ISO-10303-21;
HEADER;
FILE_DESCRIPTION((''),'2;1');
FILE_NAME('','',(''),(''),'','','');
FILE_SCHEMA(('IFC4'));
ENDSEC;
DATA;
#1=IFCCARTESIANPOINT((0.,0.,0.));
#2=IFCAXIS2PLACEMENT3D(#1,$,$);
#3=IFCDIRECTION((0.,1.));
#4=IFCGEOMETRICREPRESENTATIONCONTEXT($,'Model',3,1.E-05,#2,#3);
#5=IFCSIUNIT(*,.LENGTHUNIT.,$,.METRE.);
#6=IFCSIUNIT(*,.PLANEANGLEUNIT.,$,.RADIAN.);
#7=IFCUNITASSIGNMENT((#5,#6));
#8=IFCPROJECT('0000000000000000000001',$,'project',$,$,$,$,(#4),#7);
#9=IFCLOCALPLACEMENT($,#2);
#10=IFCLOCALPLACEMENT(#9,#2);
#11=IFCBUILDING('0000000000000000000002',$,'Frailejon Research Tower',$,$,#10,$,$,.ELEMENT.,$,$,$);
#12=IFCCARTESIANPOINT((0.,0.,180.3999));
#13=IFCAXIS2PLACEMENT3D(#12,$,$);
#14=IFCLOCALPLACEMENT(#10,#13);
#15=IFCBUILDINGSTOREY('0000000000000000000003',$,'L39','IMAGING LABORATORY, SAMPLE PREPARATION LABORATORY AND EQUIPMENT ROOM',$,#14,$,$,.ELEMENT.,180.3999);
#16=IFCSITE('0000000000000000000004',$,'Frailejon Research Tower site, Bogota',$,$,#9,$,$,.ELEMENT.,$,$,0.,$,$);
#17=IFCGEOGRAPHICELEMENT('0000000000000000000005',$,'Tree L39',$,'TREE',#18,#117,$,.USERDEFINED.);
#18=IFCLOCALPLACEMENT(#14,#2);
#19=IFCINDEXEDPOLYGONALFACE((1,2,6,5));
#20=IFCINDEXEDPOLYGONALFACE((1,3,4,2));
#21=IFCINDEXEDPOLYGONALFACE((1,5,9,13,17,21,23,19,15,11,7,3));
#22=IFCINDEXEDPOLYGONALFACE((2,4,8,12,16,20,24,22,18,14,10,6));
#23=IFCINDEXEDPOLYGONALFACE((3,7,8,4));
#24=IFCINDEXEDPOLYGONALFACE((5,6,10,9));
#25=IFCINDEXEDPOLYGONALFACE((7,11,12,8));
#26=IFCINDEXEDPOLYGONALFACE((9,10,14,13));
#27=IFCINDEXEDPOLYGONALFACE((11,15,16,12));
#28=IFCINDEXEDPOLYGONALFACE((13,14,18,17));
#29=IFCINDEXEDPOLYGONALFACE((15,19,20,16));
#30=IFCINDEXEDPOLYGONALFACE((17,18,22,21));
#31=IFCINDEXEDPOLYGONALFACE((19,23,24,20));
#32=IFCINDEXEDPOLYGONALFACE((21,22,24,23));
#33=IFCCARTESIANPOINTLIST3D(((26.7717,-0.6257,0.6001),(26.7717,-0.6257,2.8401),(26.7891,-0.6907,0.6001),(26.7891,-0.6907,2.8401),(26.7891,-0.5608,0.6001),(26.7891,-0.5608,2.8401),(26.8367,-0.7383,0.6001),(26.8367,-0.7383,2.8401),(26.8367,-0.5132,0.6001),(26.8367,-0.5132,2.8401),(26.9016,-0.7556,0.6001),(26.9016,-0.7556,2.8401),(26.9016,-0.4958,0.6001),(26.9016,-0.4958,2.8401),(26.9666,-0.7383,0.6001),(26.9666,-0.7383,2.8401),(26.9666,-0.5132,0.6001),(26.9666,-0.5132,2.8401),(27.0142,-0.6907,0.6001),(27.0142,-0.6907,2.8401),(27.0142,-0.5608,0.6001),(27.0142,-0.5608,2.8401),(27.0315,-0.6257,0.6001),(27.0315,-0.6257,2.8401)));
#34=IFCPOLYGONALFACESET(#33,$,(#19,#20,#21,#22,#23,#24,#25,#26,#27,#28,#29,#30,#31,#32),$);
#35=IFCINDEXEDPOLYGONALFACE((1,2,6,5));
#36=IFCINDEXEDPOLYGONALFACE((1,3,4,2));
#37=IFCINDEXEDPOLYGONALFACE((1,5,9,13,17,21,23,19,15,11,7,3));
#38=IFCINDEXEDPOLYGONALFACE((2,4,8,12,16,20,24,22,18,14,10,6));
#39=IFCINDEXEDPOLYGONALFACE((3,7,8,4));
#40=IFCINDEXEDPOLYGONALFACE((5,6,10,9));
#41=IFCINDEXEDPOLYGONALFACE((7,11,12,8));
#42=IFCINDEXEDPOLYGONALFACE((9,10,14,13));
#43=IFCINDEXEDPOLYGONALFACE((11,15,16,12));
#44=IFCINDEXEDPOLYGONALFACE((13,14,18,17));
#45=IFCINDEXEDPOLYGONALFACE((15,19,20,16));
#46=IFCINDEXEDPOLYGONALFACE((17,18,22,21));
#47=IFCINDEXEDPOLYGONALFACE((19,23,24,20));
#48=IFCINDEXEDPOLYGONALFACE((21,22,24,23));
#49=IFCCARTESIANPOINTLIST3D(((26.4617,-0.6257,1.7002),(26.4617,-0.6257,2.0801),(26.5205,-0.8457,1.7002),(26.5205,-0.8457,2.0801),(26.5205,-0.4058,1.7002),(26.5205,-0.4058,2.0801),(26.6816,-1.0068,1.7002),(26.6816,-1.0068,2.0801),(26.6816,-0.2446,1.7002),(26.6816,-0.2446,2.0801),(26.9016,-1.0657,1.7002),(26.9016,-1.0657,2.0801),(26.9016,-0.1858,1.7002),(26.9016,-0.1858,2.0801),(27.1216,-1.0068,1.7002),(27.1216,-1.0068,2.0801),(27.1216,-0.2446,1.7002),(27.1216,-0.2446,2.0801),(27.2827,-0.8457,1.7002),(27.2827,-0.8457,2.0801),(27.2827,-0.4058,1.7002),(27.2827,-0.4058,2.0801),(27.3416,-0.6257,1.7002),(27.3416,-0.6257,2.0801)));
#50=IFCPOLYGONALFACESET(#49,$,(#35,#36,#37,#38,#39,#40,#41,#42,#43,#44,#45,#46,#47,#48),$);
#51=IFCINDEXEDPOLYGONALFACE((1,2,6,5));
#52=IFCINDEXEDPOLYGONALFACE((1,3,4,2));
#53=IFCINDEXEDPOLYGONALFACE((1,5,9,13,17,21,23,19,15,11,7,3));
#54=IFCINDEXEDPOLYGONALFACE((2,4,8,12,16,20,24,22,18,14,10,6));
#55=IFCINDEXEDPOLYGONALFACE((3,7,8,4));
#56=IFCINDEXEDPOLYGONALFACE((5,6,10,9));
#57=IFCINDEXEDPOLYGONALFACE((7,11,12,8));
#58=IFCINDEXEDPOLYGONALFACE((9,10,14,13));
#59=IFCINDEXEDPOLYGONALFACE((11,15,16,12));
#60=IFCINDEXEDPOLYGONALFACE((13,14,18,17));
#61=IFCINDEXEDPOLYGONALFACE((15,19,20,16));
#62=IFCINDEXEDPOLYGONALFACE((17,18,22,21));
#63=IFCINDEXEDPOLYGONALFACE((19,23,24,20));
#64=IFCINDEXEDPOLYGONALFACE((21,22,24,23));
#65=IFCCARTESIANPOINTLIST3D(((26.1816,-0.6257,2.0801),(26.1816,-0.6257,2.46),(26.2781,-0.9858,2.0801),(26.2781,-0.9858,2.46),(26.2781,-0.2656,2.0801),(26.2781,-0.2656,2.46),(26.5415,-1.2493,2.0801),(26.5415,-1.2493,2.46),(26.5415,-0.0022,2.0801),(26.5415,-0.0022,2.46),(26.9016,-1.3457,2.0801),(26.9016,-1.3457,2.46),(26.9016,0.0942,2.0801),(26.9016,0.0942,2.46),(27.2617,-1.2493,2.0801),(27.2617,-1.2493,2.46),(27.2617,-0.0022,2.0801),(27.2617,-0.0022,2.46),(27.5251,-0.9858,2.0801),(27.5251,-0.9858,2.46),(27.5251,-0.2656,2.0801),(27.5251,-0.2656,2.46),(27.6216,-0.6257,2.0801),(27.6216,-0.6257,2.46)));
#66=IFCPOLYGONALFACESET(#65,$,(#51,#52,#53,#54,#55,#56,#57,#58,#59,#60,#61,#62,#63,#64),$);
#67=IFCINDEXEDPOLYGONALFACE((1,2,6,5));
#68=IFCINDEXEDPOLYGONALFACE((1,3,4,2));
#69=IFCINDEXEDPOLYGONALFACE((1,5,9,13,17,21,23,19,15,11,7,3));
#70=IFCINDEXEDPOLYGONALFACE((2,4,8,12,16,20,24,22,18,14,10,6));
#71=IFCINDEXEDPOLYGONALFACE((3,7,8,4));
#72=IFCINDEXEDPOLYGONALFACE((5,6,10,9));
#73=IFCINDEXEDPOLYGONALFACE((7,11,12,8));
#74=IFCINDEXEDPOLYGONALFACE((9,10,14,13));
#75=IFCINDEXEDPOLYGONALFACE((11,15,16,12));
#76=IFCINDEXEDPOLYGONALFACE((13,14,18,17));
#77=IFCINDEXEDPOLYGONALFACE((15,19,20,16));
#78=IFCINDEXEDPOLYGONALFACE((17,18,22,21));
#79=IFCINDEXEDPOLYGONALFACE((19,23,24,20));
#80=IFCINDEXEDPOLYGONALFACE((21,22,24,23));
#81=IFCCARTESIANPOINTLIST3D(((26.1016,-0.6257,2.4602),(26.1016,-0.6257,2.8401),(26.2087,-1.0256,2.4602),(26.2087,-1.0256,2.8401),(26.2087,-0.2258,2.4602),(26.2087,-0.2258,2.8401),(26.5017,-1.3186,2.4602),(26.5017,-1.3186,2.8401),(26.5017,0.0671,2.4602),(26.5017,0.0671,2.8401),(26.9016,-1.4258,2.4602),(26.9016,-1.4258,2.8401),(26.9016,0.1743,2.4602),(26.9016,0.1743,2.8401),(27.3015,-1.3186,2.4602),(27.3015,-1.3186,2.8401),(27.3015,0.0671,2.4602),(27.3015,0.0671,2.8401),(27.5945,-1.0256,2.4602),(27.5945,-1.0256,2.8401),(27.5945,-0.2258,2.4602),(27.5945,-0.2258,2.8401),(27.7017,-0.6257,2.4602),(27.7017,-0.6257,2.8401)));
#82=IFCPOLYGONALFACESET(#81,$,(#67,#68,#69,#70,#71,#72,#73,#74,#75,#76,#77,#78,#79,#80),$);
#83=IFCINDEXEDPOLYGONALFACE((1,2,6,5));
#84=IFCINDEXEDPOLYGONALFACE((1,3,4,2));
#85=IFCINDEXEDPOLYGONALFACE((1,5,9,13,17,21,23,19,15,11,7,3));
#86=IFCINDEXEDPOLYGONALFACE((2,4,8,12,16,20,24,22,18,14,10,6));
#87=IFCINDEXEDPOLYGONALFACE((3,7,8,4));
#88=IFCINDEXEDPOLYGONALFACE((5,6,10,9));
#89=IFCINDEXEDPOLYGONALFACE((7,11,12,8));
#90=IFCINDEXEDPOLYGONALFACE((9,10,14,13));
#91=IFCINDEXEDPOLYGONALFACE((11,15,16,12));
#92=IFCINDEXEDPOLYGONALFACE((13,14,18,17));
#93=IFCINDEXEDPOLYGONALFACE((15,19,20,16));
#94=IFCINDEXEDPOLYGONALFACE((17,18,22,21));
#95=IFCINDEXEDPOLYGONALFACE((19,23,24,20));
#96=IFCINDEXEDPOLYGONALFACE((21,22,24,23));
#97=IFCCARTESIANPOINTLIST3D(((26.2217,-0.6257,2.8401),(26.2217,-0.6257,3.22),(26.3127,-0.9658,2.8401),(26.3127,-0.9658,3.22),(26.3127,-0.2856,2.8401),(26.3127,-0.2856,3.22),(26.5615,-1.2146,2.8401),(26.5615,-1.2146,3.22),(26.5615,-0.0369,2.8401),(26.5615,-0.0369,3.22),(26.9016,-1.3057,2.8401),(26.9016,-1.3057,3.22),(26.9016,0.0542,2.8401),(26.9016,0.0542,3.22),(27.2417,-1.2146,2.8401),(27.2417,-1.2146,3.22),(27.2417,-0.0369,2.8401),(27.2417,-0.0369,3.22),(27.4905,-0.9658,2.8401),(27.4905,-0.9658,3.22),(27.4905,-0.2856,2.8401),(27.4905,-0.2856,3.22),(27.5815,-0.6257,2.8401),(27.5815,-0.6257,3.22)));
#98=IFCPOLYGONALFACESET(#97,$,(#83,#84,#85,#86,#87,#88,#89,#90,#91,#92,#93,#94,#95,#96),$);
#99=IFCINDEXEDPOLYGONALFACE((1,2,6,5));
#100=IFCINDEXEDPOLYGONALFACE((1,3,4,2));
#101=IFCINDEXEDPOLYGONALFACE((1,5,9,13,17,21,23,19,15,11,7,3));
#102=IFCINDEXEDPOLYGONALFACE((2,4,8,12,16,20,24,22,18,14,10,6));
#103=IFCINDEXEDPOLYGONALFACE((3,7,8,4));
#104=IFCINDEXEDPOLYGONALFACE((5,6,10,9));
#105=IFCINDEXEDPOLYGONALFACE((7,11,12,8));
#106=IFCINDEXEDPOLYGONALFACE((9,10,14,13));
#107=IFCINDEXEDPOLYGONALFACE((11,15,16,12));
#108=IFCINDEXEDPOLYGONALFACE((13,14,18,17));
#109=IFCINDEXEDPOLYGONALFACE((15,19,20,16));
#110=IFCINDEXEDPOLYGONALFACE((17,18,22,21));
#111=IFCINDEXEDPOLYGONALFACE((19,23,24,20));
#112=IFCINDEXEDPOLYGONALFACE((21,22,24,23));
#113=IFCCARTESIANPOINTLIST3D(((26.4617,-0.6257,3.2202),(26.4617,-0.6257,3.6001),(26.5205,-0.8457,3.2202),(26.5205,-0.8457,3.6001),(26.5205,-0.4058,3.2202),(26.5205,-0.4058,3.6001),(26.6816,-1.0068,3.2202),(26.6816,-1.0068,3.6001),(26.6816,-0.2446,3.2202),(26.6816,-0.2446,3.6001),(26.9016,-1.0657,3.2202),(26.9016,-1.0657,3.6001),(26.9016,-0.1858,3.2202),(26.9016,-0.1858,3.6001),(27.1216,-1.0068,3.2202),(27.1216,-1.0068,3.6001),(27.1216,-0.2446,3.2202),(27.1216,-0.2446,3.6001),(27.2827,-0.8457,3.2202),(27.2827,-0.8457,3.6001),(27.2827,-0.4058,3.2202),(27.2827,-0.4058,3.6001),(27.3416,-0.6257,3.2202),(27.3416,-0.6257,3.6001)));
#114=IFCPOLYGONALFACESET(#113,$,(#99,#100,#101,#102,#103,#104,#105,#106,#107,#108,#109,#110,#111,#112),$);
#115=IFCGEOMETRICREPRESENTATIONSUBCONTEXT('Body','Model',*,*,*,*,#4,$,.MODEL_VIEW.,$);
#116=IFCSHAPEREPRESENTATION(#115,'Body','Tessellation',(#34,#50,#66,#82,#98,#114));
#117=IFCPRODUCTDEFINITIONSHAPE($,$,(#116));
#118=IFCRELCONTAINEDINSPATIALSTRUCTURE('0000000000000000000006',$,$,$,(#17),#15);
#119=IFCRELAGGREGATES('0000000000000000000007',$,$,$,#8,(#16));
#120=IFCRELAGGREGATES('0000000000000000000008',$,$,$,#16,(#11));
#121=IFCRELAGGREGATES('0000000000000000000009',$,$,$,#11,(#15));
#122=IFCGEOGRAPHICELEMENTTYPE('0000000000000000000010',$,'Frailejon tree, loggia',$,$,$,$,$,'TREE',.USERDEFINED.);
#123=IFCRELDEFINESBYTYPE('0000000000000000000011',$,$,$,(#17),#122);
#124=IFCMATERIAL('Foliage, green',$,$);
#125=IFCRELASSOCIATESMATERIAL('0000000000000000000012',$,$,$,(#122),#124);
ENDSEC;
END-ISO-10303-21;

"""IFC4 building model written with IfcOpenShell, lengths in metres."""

from ifc_helpers import new_model, si_unit, direction, frame, origin, place, context, subcontext, project, spatial, polyline, outline, extrude, material, type_object, element, save


model = new_model("IFC4")

# Units and contexts
model_context = context("Model", 3, precision=1e-05, world=origin(), true_north=direction((0.0, 1.0)))
body_context = subcontext(model_context, "Body", "Model", "MODEL_VIEW")
ifc_project = project(units=[si_unit("LENGTHUNIT", "METRE"), si_unit("PLANEANGLEUNIT", "RADIAN")], contexts=[model_context])

# Site, building, storey
site_placement = place(None, origin())
site = spatial("IfcSite", under=ifc_project, at=site_placement, Name="Frailejon Research Tower site, Bogota", CompositionType="ELEMENT", RefElevation=0.0)
building_placement = place(site_placement, origin())
building = spatial("IfcBuilding", under=site, at=building_placement, Name="Frailejon Research Tower", CompositionType="ELEMENT")
storey_placement = place(building_placement, frame((0.0, 0.0, 180.3999)))
storey = spatial("IfcBuildingStorey", under=building, at=storey_placement, Name="L39", Description="IMAGING LABORATORY, SAMPLE PREPARATION LABORATORY AND EQUIPMENT ROOM", CompositionType="ELEMENT", Elevation=180.3999)

# Geographic element
ifc_material_1 = material(Name="Foliage, green")
geographic_element_type = type_object("IfcGeographicElementType", Name="Frailejon tree, loggia", ElementType="TREE", PredefinedType="USERDEFINED", material=ifc_material_1)
geographic_element_placement = place(storey_placement, frame((26.9016, -0.6257, 0.6001)))
element("IfcGeographicElement", 1, at=geographic_element_placement, inside=storey, type_object=geographic_element_type, Name="Tree L39", ObjectType="TREE", PredefinedType="USERDEFINED", context=body_context, shape_type="SweptSolid", body=[
    extrude(outline(polyline([(0.1299, 0.0), (0.1125, 0.0649), (0.0649, 0.1125), (0.0, 0.1299), (-0.0649, 0.1125), (-0.1125, 0.0649), (-0.1299, 0.0), (-0.1125, -0.0649), (-0.0649, -0.1125), (0.0, -0.1299), (0.0649, -0.1125), (0.1125, -0.0649), (0.1299, 0.0)])), origin(), (0.0, 0.0, 1.0), 2.24),
    extrude(outline(polyline([(0.4399, 0.0), (0.3811, 0.22), (0.22, 0.3811), (0.0, 0.4399), (-0.22, 0.3811), (-0.3811, 0.22), (-0.4399, 0.0), (-0.3811, -0.22), (-0.22, -0.3811), (0.0, -0.4399), (0.22, -0.3811), (0.3811, -0.22), (0.4399, 0.0)])), frame((0.0, 0.0, 1.1001)), (0.0, 0.0, 1.0), 0.3799),
    extrude(outline(polyline([(0.72, 0.0), (0.6235, 0.3601), (0.3601, 0.6235), (0.0, 0.72), (-0.3601, 0.6235), (-0.6235, 0.3601), (-0.72, 0.0), (-0.6235, -0.3601), (-0.3601, -0.6235), (0.0, -0.72), (0.3601, -0.6235), (0.6235, -0.3601), (0.72, 0.0)])), frame((0.0, 0.0, 1.48)), (0.0, 0.0, 1.0), 0.3799),
    extrude(outline(polyline([(0.8, 0.0), (0.6929, 0.3999), (0.3999, 0.6929), (0.0, 0.8), (-0.3999, 0.6929), (-0.6929, 0.3999), (-0.8, 0.0), (-0.6929, -0.3999), (-0.3999, -0.6929), (0.0, -0.8), (0.3999, -0.6929), (0.6929, -0.3999), (0.8, 0.0)])), frame((0.0, 0.0, 1.8601)), (0.0, 0.0, 1.0), 0.3799),
    extrude(outline(polyline([(0.6799, 0.0), (0.5889, 0.3401), (0.3401, 0.5889), (0.0, 0.6799), (-0.3401, 0.5889), (-0.5889, 0.3401), (-0.6799, 0.0), (-0.5889, -0.3401), (-0.3401, -0.5889), (0.0, -0.6799), (0.3401, -0.5889), (0.5889, -0.3401), (0.6799, 0.0)])), frame((0.0, 0.0, 2.24)), (0.0, 0.0, 1.0), 0.3799),
    extrude(outline(polyline([(0.4399, 0.0), (0.3811, 0.22), (0.22, 0.3811), (0.0, 0.4399), (-0.22, 0.3811), (-0.3811, 0.22), (-0.4399, 0.0), (-0.3811, -0.22), (-0.22, -0.3811), (0.0, -0.4399), (0.22, -0.3811), (0.3811, -0.22), (0.4399, 0.0)])), frame((0.0, 0.0, 2.6201)), (0.0, 0.0, 1.0), 0.3799),
])

save(model, "model.ifc")
